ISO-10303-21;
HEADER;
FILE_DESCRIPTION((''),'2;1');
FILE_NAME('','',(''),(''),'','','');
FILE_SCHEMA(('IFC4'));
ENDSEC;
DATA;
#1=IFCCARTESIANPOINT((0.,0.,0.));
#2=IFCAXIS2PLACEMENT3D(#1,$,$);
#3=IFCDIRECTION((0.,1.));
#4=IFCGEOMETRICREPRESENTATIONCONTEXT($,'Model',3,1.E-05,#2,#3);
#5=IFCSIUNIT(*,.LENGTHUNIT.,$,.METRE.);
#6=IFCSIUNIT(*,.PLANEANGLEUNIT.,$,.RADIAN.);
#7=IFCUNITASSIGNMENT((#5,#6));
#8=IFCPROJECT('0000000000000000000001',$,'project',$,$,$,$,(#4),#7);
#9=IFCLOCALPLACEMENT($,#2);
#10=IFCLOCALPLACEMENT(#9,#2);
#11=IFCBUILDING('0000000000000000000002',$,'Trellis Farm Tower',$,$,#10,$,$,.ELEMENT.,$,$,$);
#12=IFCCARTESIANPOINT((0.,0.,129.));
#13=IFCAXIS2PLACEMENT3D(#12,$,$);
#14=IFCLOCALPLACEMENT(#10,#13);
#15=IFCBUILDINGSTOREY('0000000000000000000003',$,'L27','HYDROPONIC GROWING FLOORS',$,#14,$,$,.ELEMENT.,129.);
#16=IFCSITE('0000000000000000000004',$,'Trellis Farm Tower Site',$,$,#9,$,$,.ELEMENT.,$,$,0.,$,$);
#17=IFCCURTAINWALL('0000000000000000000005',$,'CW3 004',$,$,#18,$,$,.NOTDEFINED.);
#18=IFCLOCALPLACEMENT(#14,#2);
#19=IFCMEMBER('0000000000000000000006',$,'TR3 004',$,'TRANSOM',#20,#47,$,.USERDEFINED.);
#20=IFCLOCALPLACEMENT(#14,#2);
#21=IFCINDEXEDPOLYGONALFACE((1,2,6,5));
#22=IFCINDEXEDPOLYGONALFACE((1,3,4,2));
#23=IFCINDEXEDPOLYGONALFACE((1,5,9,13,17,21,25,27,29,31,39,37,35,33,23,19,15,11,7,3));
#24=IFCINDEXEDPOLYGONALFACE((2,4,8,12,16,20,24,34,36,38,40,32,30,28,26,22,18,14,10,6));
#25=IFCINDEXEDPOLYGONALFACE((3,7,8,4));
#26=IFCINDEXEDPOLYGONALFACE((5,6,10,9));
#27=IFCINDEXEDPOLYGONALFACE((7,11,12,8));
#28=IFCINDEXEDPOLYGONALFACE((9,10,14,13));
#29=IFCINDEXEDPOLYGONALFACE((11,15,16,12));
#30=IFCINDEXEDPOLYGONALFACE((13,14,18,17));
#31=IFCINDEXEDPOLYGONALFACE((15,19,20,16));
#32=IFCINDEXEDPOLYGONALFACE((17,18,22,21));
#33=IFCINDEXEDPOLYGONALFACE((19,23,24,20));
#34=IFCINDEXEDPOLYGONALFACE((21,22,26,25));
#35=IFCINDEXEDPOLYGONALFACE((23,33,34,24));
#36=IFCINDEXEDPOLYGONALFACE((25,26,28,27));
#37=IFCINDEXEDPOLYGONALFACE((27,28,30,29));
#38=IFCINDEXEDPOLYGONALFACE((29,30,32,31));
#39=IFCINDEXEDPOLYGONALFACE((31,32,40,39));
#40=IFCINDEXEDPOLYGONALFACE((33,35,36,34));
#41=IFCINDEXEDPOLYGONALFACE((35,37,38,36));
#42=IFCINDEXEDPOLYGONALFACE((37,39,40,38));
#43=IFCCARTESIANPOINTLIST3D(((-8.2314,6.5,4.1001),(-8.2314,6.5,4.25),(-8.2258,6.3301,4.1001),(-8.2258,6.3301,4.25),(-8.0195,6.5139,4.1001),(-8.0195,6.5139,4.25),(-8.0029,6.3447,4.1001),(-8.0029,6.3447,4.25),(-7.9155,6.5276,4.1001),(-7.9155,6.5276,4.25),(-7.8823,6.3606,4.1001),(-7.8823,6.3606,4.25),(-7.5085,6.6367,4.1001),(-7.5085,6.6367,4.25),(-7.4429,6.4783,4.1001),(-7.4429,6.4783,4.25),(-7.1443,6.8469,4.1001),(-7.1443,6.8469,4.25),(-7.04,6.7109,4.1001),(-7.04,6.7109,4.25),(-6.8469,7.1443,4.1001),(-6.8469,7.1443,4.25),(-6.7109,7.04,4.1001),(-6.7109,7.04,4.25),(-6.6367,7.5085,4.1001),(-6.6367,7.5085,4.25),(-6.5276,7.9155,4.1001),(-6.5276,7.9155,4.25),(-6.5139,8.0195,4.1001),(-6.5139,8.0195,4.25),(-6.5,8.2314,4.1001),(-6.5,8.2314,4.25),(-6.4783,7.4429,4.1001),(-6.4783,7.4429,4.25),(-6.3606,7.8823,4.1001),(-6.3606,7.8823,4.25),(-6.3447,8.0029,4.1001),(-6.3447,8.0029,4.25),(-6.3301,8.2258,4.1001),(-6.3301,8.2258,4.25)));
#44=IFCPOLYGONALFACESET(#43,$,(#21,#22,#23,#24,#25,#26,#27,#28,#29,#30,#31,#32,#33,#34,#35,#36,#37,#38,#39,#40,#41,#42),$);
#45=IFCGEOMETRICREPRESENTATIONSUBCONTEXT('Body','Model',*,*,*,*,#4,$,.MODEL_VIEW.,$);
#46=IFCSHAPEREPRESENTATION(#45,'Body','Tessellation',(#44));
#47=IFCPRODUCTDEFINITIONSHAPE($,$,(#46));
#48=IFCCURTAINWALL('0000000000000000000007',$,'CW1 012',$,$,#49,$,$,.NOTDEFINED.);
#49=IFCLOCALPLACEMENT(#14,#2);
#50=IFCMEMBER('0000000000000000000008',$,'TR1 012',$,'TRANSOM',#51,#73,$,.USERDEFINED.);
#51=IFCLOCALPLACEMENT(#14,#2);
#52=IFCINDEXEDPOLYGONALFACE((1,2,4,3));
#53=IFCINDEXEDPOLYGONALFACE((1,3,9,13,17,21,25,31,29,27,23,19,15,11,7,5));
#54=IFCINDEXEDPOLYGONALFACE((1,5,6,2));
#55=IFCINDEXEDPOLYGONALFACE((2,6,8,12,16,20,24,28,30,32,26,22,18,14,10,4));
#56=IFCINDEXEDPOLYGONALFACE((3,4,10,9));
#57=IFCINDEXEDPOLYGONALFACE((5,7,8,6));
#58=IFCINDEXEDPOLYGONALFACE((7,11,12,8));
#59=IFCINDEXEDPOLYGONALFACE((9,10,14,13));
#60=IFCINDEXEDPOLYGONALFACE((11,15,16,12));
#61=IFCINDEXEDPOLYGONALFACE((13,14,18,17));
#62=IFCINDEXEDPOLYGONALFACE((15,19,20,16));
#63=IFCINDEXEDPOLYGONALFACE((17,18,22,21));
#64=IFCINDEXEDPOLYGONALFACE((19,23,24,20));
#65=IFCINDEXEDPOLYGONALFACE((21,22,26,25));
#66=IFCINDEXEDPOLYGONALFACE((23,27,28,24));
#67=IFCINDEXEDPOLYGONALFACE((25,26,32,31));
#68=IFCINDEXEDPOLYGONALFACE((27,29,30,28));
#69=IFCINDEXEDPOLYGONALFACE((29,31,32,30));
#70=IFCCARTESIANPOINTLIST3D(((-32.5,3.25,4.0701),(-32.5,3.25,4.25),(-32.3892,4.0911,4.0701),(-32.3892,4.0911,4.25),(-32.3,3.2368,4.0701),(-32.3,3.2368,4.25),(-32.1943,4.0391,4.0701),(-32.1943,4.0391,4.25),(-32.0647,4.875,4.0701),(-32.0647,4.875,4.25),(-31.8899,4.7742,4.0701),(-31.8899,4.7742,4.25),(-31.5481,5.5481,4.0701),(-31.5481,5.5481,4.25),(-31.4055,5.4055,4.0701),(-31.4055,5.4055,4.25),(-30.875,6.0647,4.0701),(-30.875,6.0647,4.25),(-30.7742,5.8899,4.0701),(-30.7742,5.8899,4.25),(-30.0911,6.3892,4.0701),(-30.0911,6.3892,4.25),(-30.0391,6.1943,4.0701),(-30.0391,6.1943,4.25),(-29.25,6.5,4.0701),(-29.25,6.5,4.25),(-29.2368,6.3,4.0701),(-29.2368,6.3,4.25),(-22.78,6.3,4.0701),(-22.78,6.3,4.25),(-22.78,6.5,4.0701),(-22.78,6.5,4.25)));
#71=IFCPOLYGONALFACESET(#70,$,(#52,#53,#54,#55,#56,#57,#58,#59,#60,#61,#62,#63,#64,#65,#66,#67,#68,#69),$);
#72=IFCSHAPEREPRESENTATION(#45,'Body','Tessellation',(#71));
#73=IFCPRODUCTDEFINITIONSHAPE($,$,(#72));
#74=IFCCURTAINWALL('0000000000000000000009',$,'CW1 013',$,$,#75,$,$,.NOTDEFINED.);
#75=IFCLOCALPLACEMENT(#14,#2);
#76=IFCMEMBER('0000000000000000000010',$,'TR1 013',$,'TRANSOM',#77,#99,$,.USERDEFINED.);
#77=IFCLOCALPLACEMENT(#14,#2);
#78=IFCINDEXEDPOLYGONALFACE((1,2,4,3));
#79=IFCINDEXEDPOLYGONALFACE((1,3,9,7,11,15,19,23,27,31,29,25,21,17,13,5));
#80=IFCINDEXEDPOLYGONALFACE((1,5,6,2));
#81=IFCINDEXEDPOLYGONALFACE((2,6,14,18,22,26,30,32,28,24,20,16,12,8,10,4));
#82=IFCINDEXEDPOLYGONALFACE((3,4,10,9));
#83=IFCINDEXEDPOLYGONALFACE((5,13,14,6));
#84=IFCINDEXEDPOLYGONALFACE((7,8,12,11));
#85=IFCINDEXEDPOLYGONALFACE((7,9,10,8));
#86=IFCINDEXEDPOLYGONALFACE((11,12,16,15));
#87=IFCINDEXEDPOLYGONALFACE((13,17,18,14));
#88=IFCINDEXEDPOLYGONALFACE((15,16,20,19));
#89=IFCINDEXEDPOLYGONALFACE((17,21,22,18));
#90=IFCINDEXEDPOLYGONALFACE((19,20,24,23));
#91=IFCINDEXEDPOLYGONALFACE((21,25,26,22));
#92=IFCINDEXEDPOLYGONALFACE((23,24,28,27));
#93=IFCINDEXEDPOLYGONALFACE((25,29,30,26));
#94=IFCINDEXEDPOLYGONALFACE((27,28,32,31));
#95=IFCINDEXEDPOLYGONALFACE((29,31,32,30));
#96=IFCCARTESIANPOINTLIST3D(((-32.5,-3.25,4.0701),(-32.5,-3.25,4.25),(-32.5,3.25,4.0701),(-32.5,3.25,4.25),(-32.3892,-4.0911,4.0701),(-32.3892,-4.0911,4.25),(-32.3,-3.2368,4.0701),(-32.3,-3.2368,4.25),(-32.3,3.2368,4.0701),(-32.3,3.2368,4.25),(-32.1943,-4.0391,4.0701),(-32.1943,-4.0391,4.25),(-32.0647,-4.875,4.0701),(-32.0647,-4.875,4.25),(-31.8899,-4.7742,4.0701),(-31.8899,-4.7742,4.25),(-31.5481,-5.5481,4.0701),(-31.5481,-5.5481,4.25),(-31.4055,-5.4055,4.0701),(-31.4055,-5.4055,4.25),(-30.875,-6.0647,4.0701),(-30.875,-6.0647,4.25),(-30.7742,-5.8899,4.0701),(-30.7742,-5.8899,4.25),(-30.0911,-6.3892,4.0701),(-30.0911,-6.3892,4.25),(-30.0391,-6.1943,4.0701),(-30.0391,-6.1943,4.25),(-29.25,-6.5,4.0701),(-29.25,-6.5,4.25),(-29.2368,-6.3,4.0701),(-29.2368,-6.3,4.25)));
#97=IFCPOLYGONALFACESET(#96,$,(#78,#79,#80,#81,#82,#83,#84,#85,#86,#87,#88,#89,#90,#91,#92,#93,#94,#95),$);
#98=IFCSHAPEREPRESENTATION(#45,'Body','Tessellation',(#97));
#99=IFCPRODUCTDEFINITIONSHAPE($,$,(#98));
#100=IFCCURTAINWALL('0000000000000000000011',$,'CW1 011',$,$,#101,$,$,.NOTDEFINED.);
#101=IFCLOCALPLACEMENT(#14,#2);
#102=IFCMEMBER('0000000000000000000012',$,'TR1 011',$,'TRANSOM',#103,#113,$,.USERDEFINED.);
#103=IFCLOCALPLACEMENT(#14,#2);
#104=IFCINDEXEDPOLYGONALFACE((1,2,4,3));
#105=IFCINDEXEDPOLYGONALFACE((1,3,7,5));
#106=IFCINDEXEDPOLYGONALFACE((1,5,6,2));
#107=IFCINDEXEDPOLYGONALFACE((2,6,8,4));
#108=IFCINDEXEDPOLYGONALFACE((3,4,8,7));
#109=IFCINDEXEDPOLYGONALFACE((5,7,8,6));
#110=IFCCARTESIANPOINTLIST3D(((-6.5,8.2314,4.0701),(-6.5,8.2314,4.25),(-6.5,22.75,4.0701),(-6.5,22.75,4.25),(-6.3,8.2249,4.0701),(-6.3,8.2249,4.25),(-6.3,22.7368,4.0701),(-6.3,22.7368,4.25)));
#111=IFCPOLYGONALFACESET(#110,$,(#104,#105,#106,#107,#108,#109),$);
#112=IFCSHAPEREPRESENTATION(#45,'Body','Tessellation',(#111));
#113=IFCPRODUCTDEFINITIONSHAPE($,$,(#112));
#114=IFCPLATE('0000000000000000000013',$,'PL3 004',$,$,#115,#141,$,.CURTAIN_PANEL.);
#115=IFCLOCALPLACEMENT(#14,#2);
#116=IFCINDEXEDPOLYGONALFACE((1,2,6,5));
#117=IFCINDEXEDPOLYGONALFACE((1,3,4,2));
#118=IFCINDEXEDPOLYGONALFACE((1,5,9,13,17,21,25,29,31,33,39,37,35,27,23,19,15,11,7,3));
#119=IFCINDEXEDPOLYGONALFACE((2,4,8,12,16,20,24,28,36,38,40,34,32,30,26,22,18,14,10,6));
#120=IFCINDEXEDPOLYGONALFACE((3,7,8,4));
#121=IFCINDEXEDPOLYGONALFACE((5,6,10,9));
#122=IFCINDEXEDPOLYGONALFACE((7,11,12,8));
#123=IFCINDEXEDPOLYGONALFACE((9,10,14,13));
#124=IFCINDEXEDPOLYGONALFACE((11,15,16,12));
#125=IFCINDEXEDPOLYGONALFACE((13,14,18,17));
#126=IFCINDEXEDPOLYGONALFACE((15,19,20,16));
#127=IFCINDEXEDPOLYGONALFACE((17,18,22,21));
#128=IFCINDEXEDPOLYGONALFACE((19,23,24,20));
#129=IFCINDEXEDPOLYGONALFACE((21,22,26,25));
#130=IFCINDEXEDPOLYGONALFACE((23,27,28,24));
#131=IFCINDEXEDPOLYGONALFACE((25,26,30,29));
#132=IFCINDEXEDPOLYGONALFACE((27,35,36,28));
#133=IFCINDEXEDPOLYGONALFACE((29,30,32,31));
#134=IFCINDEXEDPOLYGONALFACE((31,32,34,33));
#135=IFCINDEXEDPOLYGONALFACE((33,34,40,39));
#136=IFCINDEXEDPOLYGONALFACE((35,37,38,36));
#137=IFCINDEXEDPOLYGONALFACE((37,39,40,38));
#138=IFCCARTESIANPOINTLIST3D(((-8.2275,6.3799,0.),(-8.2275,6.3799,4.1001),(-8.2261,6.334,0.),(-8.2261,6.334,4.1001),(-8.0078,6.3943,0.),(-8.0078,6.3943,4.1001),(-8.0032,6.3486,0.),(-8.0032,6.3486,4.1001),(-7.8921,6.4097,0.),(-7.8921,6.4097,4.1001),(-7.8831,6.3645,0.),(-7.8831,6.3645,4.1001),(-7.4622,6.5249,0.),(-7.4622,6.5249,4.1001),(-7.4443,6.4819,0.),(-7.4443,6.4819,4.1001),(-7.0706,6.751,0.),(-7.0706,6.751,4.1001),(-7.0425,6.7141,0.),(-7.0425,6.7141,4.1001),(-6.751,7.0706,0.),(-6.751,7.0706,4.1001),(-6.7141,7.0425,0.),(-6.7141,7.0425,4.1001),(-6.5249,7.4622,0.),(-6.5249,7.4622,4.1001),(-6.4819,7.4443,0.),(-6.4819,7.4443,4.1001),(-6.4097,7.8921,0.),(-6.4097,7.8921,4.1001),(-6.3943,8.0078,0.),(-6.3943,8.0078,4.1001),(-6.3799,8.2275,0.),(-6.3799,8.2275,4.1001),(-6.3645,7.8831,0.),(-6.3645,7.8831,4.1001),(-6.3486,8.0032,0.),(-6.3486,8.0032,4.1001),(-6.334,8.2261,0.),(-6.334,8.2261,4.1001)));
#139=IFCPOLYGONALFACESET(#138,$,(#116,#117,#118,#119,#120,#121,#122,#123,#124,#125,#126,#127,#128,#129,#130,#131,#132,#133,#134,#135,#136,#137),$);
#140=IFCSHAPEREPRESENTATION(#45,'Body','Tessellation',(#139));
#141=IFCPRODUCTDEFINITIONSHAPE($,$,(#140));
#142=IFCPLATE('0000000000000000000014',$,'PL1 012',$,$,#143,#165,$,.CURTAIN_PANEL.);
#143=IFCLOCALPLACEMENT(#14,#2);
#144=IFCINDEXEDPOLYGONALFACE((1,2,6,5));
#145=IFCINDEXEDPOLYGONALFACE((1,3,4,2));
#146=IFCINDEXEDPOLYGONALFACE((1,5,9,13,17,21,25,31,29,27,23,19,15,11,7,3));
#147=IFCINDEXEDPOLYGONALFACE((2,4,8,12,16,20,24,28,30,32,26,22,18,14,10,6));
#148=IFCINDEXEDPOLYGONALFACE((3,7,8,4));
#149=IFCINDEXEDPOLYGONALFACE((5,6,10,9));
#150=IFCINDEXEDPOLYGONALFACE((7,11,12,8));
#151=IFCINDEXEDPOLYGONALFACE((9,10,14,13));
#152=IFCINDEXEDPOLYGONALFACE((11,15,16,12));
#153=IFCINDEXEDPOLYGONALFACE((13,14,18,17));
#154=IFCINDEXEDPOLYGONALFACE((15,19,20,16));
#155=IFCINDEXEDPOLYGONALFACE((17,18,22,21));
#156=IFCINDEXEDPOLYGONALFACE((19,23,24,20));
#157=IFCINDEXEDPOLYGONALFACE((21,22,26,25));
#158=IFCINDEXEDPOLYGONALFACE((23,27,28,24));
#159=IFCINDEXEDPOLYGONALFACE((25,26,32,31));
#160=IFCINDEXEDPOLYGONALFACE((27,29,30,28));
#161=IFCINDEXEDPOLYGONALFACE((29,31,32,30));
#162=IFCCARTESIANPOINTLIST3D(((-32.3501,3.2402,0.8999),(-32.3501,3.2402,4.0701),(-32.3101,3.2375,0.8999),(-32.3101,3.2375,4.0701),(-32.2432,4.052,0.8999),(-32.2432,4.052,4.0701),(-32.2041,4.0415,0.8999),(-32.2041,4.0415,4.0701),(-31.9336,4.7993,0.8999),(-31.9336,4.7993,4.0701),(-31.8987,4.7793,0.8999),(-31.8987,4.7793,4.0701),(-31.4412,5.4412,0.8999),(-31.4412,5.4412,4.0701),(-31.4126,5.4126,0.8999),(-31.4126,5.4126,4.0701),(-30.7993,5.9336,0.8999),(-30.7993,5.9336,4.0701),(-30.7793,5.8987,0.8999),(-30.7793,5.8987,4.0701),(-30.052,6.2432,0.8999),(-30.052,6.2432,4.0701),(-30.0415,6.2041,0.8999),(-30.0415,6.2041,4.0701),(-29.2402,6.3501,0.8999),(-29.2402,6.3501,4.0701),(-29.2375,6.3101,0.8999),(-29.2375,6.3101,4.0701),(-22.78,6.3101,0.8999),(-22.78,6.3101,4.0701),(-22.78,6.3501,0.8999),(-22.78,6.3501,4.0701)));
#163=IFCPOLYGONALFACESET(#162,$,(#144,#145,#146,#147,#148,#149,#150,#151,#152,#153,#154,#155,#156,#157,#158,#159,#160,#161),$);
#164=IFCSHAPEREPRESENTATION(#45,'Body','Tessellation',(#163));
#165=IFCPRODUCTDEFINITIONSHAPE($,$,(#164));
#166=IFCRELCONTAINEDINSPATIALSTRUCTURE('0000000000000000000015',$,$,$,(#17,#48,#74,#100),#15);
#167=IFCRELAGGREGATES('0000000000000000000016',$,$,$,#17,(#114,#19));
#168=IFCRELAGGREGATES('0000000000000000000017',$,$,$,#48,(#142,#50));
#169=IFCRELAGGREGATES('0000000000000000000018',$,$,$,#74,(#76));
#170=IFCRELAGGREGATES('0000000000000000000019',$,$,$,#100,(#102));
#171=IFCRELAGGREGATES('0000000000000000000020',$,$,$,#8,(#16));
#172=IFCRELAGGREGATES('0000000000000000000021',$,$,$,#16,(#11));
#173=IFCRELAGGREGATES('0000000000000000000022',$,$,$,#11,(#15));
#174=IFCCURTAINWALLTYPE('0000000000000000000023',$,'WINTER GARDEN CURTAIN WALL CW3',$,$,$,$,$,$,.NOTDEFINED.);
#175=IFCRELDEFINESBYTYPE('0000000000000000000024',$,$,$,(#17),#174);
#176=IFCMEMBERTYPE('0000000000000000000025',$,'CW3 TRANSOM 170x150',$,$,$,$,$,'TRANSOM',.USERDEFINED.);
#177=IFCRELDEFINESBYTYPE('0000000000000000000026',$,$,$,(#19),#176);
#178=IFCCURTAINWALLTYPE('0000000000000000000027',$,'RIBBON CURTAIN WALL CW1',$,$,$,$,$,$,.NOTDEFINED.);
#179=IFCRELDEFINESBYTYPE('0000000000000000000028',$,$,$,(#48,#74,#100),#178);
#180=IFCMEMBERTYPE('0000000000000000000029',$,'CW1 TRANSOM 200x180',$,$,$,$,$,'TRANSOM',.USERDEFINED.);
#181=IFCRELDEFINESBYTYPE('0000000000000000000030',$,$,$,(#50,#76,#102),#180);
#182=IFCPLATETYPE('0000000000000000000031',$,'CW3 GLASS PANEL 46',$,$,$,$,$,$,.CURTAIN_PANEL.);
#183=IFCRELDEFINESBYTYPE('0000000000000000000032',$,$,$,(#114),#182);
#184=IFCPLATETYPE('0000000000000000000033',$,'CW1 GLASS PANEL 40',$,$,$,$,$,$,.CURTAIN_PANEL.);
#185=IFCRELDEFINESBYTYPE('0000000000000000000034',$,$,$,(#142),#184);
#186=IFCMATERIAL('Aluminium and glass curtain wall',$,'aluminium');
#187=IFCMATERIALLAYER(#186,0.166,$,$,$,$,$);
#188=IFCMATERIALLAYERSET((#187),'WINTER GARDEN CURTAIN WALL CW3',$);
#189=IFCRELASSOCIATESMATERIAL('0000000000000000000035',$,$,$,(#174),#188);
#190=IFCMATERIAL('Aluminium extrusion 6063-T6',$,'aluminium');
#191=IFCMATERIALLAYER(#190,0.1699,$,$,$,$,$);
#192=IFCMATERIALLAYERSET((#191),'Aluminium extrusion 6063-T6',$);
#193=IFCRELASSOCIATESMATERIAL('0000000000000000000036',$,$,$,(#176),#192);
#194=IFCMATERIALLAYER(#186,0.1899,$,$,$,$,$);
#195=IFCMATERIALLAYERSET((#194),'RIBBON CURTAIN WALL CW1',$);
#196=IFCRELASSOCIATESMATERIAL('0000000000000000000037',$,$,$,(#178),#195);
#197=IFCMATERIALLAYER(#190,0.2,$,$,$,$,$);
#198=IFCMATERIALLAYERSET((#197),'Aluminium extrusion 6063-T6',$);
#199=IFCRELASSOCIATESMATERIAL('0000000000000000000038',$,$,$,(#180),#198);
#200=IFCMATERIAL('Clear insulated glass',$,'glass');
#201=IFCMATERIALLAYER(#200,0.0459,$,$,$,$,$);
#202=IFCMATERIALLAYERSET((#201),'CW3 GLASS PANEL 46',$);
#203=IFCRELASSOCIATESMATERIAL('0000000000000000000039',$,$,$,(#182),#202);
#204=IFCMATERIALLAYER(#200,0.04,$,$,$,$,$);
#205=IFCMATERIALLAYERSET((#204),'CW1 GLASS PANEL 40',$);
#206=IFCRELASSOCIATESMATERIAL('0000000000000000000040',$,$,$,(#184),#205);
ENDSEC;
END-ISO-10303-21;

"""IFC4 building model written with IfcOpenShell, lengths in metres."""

from ifc_helpers import new_model, si_unit, direction, frame, origin, place, context, subcontext, project, spatial, polyline, outline, extrude, source, transform, mapped, material, layer, layer_set, type_object, element, aggregate, save


model = new_model("IFC4")

# Units and contexts
model_context = context("Model", 3, precision=1e-05, world=origin(), true_north=direction((0.0, 1.0)))
body_context = subcontext(model_context, "Body", "Model", "MODEL_VIEW")
ifc_project = project(units=[si_unit("LENGTHUNIT", "METRE"), si_unit("PLANEANGLEUNIT", "RADIAN")], contexts=[model_context])

# Site, building, storey
site_placement = place(None, origin())
site = spatial("IfcSite", under=ifc_project, at=site_placement, Name="Trellis Farm Tower Site", CompositionType="ELEMENT", RefElevation=0.0)
building_placement = place(site_placement, origin())
building = spatial("IfcBuilding", under=site, at=building_placement, Name="Trellis Farm Tower", CompositionType="ELEMENT")
storey_placement = place(building_placement, frame((0.0, 0.0, 129.0)))
storey = spatial("IfcBuildingStorey", under=building, at=storey_placement, Name="L27", Description="HYDROPONIC GROWING FLOORS", CompositionType="ELEMENT", Elevation=129.0)

# Curtain walls, members
ifc_material_1 = material(Name="Aluminium and glass curtain wall", Category="aluminium")
ifc_layer_1 = layer(ifc_material_1, 0.166)
ifc_layer_set_1 = layer_set([ifc_layer_1], Name="WINTER GARDEN CURTAIN WALL CW3")
curtain_wall_type_1 = type_object("IfcCurtainWallType", Name="WINTER GARDEN CURTAIN WALL CW3", PredefinedType="NOTDEFINED", material=ifc_layer_set_1)
placement_1 = place(storey_placement, origin())
curtain_wall_1 = element("IfcCurtainWall", 1, at=placement_1, inside=storey, type_object=curtain_wall_type_1, Name="CW3 004", PredefinedType="NOTDEFINED")
ifc_material_2 = material(Name="Aluminium extrusion 6063-T6", Category="aluminium")
ifc_layer_2 = layer(ifc_material_2, 0.1699)
ifc_layer_set_2 = layer_set([ifc_layer_2], Name="Aluminium extrusion 6063-T6")
member_type_1 = type_object("IfcMemberType", Name="CW3 TRANSOM 170x150", ElementType="TRANSOM", PredefinedType="USERDEFINED", material=ifc_layer_set_2)
shared_shape_1 = source(origin(), body_context, "Body", "SweptSolid", [
    extrude(outline(polyline([(-6.5, 8.2314), (-6.5139, 8.0195), (-6.5276, 7.9155), (-6.6367, 7.5085), (-6.8469, 7.1443), (-7.1443, 6.8469), (-7.5085, 6.6367), (-7.9155, 6.5276), (-8.0195, 6.5139), (-8.2314, 6.5), (-8.2258, 6.3301), (-8.0029, 6.3447), (-7.8823, 6.3606), (-7.4429, 6.4783), (-7.04, 6.7109), (-6.7109, 7.04), (-6.4783, 7.4429), (-6.3606, 7.8823), (-6.3447, 8.0029), (-6.3301, 8.2258), (-6.5, 8.2314)])), origin(), (0.0, 0.0, 1.0), 0.1499),
])
member_1_placement = place(storey_placement, frame((0.0, 0.0, 4.1001)))
member_1 = element("IfcMember", 2, at=member_1_placement, type_object=member_type_1, Name="TR3 004", ObjectType="TRANSOM", PredefinedType="USERDEFINED", context=body_context, shape_type="MappedRepresentation", body=[
    mapped(shared_shape_1, transform((0.0, 0.0, 0.0))),
])
ifc_layer_3 = layer(ifc_material_1, 0.1899)
ifc_layer_set_3 = layer_set([ifc_layer_3], Name="RIBBON CURTAIN WALL CW1")
curtain_wall_type_2 = type_object("IfcCurtainWallType", Name="RIBBON CURTAIN WALL CW1", PredefinedType="NOTDEFINED", material=ifc_layer_set_3)
curtain_wall_2 = element("IfcCurtainWall", 3, at=placement_1, inside=storey, type_object=curtain_wall_type_2, Name="CW1 012", PredefinedType="NOTDEFINED")
ifc_layer_4 = layer(ifc_material_2, 0.2)
ifc_layer_set_4 = layer_set([ifc_layer_4], Name="Aluminium extrusion 6063-T6")
member_type_2 = type_object("IfcMemberType", Name="CW1 TRANSOM 200x180", ElementType="TRANSOM", PredefinedType="USERDEFINED", material=ifc_layer_set_4)
shared_shape_2 = source(origin(), body_context, "Body", "SweptSolid", [
    extrude(outline(polyline([(-22.78, 6.5), (-29.25, 6.5), (-30.0911, 6.3892), (-30.875, 6.0647), (-31.5481, 5.5481), (-32.0647, 4.875), (-32.3892, 4.0911), (-32.5, 3.25), (-32.3, 3.2368), (-32.1943, 4.0391), (-31.8899, 4.7742), (-31.4055, 5.4055), (-30.7742, 5.8899), (-30.0391, 6.1943), (-29.2368, 6.3), (-22.78, 6.3), (-22.78, 6.5)])), origin(), (0.0, 0.0, 1.0), 0.1799),
])
placement_2 = place(storey_placement, frame((0.0, 0.0, 4.0701)))
member_2 = element("IfcMember", 4, at=placement_2, type_object=member_type_2, Name="TR1 012", ObjectType="TRANSOM", PredefinedType="USERDEFINED", context=body_context, shape_type="MappedRepresentation", body=[
    mapped(shared_shape_2, transform((0.0, 0.0, 0.0))),
])
curtain_wall_3 = element("IfcCurtainWall", 5, at=placement_1, inside=storey, type_object=curtain_wall_type_2, Name="CW1 013", PredefinedType="NOTDEFINED")
shared_shape_3 = source(origin(), body_context, "Body", "SweptSolid", [
    extrude(outline(polyline([(-32.5, 3.25), (-32.5, -3.25), (-32.3892, -4.0911), (-32.0647, -4.875), (-31.5481, -5.5481), (-30.875, -6.0647), (-30.0911, -6.3892), (-29.25, -6.5), (-29.2368, -6.3), (-30.0391, -6.1943), (-30.7742, -5.8899), (-31.4055, -5.4055), (-31.8899, -4.7742), (-32.1943, -4.0391), (-32.3, -3.2368), (-32.3, 3.2368), (-32.5, 3.25)])), origin(), (0.0, 0.0, 1.0), 0.1799),
])
member_3 = element("IfcMember", 6, at=placement_2, type_object=member_type_2, Name="TR1 013", ObjectType="TRANSOM", PredefinedType="USERDEFINED", context=body_context, shape_type="MappedRepresentation", body=[
    mapped(shared_shape_3, transform((0.0, 0.0, 0.0))),
])
curtain_wall_4 = element("IfcCurtainWall", 7, at=placement_1, inside=storey, type_object=curtain_wall_type_2, Name="CW1 011", PredefinedType="NOTDEFINED")
shared_shape_4 = source(origin(), body_context, "Body", "SweptSolid", [
    extrude(outline(polyline([(-6.5, 22.75), (-6.5, 8.2314), (-6.3, 8.2249), (-6.3, 22.7368), (-6.5, 22.75)])), origin(), (0.0, 0.0, 1.0), 0.1799),
])
member_4 = element("IfcMember", 8, at=placement_2, type_object=member_type_2, Name="TR1 011", ObjectType="TRANSOM", PredefinedType="USERDEFINED", context=body_context, shape_type="MappedRepresentation", body=[
    mapped(shared_shape_4, transform((0.0, 0.0, 0.0))),
])

# Plates
ifc_material_3 = material(Name="Clear insulated glass", Category="glass")
ifc_layer_5 = layer(ifc_material_3, 0.0459)
ifc_layer_set_5 = layer_set([ifc_layer_5], Name="CW3 GLASS PANEL 46")
plate_type_1 = type_object("IfcPlateType", Name="CW3 GLASS PANEL 46", PredefinedType="CURTAIN_PANEL", material=ifc_layer_set_5)
shared_shape_5 = source(origin(), body_context, "Body", "SweptSolid", [
    extrude(outline(polyline([(-6.3799, 8.2275), (-6.3943, 8.0078), (-6.4097, 7.8921), (-6.5249, 7.4622), (-6.751, 7.0706), (-7.0706, 6.751), (-7.4622, 6.5249), (-7.8921, 6.4097), (-8.0078, 6.3943), (-8.2275, 6.3799), (-8.2261, 6.334), (-8.0032, 6.3486), (-7.8831, 6.3645), (-7.4443, 6.4819), (-7.0425, 6.7141), (-6.7141, 7.0425), (-6.4819, 7.4443), (-6.3645, 7.8831), (-6.3486, 8.0032), (-6.334, 8.2261), (-6.3799, 8.2275)])), origin(), (0.0, 0.0, 1.0), 4.1001),
])
plate_1 = element("IfcPlate", 9, at=placement_1, type_object=plate_type_1, Name="PL3 004", PredefinedType="CURTAIN_PANEL", context=body_context, shape_type="MappedRepresentation", body=[
    mapped(shared_shape_5, transform((0.0, 0.0, 0.0))),
])
aggregate(curtain_wall_1, [plate_1, member_1])
ifc_layer_6 = layer(ifc_material_3, 0.04)
ifc_layer_set_6 = layer_set([ifc_layer_6], Name="CW1 GLASS PANEL 40")
plate_type_2 = type_object("IfcPlateType", Name="CW1 GLASS PANEL 40", PredefinedType="CURTAIN_PANEL", material=ifc_layer_set_6)
shared_shape_6 = source(origin(), body_context, "Body", "SweptSolid", [
    extrude(outline(polyline([(-22.78, 6.3501), (-29.2402, 6.3501), (-30.052, 6.2432), (-30.7993, 5.9336), (-31.4412, 5.4412), (-31.9336, 4.7993), (-32.2432, 4.052), (-32.3501, 3.2402), (-32.3101, 3.2375), (-32.2041, 4.0415), (-31.8987, 4.7793), (-31.4126, 5.4126), (-30.7793, 5.8987), (-30.0415, 6.2041), (-29.2375, 6.3101), (-22.78, 6.3101), (-22.78, 6.3501)])), origin(), (0.0, 0.0, 1.0), 3.1702),
])
placement_3 = place(storey_placement, frame((0.0, 0.0, 0.8999)))
plate_2 = element("IfcPlate", 10, at=placement_3, type_object=plate_type_2, Name="PL1 012", PredefinedType="CURTAIN_PANEL", context=body_context, shape_type="MappedRepresentation", body=[
    mapped(shared_shape_6, transform((0.0, 0.0, 0.0))),
])
aggregate(curtain_wall_2, [plate_2, member_2])
aggregate(curtain_wall_3, [member_3])
aggregate(curtain_wall_4, [member_4])

save(model, "model.ifc")
